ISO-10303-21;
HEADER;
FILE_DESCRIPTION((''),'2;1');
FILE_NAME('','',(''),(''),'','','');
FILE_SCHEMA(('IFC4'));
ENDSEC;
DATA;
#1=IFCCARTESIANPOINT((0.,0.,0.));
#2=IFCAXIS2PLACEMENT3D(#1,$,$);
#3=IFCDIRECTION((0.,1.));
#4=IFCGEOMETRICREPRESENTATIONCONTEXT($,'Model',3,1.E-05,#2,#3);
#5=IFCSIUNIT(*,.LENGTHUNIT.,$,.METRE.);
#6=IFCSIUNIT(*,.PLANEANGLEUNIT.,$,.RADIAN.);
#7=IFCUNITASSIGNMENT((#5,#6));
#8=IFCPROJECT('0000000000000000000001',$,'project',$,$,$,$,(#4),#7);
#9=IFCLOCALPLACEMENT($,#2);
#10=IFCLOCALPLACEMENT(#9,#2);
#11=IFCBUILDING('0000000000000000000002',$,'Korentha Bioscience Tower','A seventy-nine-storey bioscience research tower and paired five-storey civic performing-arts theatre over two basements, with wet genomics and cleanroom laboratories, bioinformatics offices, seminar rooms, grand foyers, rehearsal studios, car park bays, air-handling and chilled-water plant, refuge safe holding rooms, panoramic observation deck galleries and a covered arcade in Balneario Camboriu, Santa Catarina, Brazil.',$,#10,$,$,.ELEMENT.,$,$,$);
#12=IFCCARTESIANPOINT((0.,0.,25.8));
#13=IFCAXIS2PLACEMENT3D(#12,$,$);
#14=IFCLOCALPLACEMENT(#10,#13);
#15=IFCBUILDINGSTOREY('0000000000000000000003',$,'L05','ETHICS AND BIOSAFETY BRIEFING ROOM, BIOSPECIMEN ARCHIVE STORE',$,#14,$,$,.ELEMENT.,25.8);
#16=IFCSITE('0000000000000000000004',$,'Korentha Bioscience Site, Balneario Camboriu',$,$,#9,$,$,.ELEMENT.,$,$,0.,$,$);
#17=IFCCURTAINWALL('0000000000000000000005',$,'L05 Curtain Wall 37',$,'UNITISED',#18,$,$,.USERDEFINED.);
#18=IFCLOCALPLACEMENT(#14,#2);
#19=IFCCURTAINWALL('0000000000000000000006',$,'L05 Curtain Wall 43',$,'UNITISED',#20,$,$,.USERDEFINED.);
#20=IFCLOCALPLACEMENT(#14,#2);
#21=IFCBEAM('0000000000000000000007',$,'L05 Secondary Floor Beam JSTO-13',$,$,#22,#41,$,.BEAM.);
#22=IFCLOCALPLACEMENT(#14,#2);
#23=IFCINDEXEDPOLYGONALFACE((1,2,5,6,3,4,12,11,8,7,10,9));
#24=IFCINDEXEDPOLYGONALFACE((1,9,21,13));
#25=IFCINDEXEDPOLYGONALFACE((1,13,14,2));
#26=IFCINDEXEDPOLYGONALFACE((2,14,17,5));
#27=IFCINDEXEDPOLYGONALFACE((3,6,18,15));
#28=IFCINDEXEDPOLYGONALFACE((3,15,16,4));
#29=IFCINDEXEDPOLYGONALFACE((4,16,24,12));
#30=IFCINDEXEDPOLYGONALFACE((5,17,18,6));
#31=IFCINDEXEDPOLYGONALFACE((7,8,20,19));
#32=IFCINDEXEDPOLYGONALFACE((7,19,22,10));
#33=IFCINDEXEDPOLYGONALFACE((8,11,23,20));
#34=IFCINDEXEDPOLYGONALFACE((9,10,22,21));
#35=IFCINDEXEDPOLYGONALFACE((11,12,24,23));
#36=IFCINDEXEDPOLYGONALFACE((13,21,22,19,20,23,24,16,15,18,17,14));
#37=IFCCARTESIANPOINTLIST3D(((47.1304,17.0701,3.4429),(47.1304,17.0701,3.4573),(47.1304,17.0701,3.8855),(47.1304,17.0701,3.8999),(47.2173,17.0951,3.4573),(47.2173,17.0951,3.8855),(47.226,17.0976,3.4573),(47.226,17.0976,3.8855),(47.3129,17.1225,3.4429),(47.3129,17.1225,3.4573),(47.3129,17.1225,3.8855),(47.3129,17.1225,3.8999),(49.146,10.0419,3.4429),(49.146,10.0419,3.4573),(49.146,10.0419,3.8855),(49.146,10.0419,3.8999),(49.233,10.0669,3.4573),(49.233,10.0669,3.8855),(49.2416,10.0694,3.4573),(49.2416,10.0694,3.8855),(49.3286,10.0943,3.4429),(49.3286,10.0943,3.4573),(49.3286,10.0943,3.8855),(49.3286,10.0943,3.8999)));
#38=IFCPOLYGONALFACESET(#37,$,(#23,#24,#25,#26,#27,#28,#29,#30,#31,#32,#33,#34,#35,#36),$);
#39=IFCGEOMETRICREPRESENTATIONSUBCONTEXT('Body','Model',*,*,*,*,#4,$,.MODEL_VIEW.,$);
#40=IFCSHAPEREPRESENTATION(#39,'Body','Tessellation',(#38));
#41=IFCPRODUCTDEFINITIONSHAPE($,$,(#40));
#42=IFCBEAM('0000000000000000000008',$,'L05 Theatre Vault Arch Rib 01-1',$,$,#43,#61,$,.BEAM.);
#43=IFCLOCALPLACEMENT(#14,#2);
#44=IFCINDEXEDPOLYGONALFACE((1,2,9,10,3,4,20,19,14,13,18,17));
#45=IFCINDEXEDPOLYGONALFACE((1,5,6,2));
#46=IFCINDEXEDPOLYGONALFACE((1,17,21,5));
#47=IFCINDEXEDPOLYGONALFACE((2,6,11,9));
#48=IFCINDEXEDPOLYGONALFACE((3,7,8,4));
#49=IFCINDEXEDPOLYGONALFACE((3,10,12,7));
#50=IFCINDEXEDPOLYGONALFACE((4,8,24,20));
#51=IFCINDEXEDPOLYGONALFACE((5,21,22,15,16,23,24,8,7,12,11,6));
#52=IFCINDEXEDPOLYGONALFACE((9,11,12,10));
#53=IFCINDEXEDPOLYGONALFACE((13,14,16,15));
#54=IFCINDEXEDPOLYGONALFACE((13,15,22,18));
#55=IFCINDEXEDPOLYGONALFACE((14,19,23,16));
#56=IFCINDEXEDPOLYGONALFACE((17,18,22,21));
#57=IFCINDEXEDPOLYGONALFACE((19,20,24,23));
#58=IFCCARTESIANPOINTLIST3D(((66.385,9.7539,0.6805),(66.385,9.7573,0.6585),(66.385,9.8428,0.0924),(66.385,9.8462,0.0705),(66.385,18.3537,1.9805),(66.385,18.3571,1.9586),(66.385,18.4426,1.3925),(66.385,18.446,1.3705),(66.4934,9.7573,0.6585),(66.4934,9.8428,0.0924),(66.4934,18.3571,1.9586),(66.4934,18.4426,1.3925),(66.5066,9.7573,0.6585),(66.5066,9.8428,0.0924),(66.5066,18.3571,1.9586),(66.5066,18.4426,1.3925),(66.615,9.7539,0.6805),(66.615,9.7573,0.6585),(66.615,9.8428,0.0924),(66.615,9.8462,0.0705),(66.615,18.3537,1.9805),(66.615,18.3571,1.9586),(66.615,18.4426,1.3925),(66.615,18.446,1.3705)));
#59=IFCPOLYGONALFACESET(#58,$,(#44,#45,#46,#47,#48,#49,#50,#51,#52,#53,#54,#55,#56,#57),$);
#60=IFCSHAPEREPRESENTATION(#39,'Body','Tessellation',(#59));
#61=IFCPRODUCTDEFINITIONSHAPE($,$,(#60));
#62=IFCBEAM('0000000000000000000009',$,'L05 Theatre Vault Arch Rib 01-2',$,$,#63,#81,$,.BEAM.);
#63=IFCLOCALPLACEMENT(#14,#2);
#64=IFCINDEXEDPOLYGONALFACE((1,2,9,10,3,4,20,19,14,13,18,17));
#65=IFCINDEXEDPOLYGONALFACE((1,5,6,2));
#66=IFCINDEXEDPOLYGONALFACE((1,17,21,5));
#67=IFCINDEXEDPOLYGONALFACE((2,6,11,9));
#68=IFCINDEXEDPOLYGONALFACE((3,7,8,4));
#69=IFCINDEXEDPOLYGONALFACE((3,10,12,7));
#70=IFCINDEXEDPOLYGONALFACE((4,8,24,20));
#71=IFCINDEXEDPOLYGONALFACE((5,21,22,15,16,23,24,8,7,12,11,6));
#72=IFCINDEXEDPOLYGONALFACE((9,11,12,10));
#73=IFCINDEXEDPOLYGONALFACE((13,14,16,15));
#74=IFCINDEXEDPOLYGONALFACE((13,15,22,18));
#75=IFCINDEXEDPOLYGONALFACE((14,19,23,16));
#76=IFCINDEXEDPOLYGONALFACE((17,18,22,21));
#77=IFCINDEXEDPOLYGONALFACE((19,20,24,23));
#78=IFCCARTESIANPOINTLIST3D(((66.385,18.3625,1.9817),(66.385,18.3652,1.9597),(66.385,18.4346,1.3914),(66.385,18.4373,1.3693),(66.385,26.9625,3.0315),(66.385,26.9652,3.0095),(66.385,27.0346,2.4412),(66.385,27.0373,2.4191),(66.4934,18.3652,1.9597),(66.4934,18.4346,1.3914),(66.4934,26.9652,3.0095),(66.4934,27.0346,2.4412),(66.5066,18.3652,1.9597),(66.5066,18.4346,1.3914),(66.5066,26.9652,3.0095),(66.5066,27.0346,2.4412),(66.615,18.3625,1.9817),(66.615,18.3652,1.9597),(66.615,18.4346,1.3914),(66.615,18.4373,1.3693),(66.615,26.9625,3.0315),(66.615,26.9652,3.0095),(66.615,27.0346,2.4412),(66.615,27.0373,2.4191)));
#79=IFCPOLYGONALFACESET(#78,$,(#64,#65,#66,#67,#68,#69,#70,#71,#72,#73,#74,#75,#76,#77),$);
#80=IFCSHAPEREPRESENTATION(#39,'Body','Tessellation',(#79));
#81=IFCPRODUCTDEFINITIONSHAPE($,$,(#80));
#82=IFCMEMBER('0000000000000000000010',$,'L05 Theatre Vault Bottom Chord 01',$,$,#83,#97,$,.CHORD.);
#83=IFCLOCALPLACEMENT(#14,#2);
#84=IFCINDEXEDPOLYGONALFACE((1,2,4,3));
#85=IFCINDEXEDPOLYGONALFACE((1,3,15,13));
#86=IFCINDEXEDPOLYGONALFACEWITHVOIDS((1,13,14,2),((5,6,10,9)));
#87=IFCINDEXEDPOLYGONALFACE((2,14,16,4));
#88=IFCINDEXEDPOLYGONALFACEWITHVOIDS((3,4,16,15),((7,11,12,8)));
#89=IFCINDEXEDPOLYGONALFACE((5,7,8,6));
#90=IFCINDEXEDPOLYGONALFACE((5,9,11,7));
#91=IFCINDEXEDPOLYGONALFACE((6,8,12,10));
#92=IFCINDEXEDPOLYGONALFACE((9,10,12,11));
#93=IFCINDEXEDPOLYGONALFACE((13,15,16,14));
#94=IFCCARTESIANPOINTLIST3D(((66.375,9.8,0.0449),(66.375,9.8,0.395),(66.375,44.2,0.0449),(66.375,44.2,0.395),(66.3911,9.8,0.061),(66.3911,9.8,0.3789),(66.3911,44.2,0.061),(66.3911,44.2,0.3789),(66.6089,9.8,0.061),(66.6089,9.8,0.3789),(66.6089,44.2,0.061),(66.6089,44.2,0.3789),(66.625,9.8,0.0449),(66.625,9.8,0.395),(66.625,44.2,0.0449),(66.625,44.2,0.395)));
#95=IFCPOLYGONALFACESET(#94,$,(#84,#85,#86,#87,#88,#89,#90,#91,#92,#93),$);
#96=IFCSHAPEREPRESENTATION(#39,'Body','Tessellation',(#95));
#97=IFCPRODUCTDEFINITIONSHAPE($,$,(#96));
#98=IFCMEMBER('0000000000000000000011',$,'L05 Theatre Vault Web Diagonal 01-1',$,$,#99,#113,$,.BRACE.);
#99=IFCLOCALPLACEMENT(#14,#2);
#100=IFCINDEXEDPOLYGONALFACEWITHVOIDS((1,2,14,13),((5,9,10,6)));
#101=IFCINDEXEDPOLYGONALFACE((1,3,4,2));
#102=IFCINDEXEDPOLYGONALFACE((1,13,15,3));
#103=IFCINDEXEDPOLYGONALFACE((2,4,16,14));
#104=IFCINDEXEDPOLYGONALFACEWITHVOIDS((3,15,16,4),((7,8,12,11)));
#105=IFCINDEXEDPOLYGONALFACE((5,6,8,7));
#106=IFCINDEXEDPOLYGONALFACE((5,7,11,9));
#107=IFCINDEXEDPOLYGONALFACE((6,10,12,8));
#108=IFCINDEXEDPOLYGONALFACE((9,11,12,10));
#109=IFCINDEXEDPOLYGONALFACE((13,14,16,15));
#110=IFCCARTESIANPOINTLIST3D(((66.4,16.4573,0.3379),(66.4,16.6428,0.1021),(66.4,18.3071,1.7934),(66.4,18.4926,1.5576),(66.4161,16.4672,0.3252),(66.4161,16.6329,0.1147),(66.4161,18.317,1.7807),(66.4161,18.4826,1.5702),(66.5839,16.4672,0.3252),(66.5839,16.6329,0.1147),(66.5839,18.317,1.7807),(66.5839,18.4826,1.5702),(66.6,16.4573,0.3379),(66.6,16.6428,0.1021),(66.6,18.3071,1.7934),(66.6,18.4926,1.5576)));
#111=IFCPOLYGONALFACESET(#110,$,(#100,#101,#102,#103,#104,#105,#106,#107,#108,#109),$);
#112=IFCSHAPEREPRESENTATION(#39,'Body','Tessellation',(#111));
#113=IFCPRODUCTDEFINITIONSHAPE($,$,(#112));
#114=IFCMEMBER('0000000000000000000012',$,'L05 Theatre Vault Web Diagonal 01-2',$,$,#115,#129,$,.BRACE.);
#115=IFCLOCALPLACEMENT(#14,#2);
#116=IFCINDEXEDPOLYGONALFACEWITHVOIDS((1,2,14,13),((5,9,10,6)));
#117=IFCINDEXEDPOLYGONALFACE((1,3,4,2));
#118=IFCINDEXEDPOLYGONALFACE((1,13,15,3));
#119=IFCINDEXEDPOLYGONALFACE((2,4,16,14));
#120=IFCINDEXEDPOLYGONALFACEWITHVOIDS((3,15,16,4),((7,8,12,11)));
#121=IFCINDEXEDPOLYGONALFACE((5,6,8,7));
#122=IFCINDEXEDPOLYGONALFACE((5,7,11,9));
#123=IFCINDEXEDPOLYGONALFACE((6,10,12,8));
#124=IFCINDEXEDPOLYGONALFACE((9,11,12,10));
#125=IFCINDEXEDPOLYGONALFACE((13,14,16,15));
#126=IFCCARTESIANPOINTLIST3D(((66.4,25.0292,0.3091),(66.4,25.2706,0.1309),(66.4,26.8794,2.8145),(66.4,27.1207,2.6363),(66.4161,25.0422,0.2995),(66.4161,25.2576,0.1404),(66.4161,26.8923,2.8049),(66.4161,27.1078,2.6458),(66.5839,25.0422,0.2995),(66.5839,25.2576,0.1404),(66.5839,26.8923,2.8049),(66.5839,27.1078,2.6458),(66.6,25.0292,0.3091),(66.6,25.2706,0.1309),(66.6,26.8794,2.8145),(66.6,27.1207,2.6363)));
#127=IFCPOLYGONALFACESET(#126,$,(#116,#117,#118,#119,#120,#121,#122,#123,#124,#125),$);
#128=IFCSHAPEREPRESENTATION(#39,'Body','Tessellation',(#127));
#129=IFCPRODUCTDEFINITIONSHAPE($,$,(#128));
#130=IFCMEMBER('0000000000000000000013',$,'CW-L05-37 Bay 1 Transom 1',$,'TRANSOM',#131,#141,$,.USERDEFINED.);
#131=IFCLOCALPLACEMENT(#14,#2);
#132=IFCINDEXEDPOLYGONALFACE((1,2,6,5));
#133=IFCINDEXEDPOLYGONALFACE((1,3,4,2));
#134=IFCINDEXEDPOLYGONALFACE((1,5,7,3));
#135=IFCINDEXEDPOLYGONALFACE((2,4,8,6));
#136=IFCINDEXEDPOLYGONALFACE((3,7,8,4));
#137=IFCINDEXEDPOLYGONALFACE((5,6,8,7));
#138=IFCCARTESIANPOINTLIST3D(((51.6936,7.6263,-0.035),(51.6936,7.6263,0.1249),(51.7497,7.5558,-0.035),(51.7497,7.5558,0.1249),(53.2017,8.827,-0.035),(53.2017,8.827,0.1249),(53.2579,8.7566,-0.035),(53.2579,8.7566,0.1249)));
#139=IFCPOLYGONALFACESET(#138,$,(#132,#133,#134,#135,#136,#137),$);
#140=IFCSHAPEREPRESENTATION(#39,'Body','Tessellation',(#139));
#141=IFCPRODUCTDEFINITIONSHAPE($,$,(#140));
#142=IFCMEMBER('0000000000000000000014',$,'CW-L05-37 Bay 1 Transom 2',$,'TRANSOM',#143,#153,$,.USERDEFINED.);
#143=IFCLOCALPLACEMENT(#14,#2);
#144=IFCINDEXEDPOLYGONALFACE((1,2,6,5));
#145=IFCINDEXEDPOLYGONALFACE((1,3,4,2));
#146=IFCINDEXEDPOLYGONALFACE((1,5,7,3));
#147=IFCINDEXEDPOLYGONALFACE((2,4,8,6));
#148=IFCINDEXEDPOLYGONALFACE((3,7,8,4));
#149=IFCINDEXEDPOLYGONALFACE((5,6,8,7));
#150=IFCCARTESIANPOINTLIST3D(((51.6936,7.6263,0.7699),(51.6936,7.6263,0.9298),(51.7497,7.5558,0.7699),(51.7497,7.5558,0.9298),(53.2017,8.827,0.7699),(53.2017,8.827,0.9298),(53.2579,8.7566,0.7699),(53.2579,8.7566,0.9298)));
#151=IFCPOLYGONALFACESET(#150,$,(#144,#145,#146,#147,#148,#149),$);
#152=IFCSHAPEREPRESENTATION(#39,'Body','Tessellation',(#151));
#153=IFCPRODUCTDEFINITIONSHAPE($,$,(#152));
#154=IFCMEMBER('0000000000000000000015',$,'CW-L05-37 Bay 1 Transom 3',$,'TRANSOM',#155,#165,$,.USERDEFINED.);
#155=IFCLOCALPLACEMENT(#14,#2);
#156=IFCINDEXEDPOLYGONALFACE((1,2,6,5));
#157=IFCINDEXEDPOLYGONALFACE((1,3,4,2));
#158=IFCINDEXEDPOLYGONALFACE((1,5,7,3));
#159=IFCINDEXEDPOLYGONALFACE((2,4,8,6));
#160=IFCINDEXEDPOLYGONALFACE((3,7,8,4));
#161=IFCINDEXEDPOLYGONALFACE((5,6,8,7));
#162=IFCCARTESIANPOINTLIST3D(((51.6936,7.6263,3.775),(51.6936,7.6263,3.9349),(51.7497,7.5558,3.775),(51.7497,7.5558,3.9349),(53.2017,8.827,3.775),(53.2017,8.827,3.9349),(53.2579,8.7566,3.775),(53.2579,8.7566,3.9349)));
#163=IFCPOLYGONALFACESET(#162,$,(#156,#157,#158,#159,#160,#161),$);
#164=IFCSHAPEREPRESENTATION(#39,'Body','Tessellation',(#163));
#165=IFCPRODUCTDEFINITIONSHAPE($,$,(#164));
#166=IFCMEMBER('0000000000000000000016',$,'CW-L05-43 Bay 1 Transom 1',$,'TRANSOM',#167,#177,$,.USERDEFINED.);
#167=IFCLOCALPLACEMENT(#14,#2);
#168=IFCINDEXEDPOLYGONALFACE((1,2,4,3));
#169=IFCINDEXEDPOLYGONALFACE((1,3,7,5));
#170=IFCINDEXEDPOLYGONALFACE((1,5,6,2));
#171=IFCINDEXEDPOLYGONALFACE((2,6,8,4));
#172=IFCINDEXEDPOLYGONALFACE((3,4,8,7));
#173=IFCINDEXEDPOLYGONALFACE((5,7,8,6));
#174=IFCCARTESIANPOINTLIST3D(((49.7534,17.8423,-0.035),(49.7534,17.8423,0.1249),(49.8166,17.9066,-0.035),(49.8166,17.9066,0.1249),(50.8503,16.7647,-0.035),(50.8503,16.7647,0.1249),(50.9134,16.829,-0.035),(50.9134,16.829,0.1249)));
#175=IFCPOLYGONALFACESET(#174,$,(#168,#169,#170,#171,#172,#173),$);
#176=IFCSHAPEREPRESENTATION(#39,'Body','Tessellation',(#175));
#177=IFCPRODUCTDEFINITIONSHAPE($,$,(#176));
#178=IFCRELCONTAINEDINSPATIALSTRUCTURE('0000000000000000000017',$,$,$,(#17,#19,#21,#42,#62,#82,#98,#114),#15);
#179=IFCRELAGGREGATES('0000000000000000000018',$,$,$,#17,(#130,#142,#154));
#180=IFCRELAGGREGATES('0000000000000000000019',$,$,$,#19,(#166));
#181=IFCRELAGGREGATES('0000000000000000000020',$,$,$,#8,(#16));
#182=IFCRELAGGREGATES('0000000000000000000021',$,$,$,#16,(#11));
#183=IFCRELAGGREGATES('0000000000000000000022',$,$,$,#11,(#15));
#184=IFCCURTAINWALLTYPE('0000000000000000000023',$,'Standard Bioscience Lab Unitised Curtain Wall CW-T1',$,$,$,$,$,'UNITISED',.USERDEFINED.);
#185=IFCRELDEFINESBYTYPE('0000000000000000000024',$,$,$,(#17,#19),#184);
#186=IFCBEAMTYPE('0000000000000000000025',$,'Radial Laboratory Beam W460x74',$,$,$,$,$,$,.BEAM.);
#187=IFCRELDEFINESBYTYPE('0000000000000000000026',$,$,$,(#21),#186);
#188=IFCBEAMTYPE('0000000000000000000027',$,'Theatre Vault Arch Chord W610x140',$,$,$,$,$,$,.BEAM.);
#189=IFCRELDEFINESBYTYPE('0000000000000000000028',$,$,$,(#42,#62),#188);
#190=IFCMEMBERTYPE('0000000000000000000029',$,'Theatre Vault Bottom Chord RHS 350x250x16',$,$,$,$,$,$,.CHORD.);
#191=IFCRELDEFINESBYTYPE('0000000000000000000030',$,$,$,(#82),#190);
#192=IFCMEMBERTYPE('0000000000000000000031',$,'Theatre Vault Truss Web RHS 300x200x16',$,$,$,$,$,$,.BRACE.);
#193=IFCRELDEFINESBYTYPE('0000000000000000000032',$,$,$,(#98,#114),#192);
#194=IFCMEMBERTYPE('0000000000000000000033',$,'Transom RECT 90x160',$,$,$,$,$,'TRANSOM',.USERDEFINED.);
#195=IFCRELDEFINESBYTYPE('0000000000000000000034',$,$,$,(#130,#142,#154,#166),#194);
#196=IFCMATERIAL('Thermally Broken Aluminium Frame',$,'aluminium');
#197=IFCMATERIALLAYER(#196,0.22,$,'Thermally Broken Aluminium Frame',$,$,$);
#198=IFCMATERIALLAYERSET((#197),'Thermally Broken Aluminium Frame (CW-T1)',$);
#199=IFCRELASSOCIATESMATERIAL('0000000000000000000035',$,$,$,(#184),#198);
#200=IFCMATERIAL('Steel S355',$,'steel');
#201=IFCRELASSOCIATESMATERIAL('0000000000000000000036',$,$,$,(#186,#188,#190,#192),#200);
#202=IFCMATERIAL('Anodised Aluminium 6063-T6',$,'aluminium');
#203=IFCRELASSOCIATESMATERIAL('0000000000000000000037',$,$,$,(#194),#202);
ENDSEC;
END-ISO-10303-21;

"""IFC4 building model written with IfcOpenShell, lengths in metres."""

from ifc_helpers import new_model, si_unit, direction, frame, origin, origin_2d, place, context, subcontext, project, spatial, rectangle, hollow_rectangle, i_section, extrude, material, layer, layer_set, material_profile, profile_set, type_object, element, aggregate, save


model = new_model("IFC4")

# Units and contexts
model_context = context("Model", 3, precision=1e-05, world=origin(), true_north=direction((0.0, 1.0)))
body_context = subcontext(model_context, "Body", "Model", "MODEL_VIEW")
ifc_project = project(units=[si_unit("LENGTHUNIT", "METRE"), si_unit("PLANEANGLEUNIT", "RADIAN")], contexts=[model_context])

# Site, building, storey
site_placement = place(None, origin())
site = spatial("IfcSite", under=ifc_project, at=site_placement, Name="Korentha Bioscience Site, Balneario Camboriu", CompositionType="ELEMENT", RefElevation=0.0)
building_placement = place(site_placement, origin())
building = spatial("IfcBuilding", under=site, at=building_placement, Name="Korentha Bioscience Tower", Description="A seventy-nine-storey bioscience research tower and paired five-storey civic performing-arts theatre over two basements, with wet genomics and cleanroom laboratories, bioinformatics offices, seminar rooms, grand foyers, rehearsal studios, car park bays, air-handling and chilled-water plant, refuge safe holding rooms, panoramic observation deck galleries and a covered arcade in Balneario Camboriu, Santa Catarina, Brazil.", CompositionType="ELEMENT")
storey_placement = place(building_placement, frame((0.0, 0.0, 25.8)))
storey = spatial("IfcBuildingStorey", under=building, at=storey_placement, Name="L05", Description="ETHICS AND BIOSAFETY BRIEFING ROOM, BIOSPECIMEN ARCHIVE STORE", CompositionType="ELEMENT", Elevation=25.8)

# Shared definitions
ifc_material_1 = material(Name="Steel S355", Category="steel")

# Curtain walls
ifc_material_2 = material(Name="Thermally Broken Aluminium Frame", Category="aluminium")
ifc_layer_1 = layer(ifc_material_2, 0.22, Name="Thermally Broken Aluminium Frame")
ifc_layer_set_1 = layer_set([ifc_layer_1], Name="Thermally Broken Aluminium Frame (CW-T1)")
curtain_wall_type = type_object("IfcCurtainWallType", Name="Standard Bioscience Lab Unitised Curtain Wall CW-T1", ElementType="UNITISED", PredefinedType="USERDEFINED", material=ifc_layer_set_1)
curtain_wall_1_placement = place(storey_placement, origin())
curtain_wall_1 = element("IfcCurtainWall", 1, at=curtain_wall_1_placement, inside=storey, type_object=curtain_wall_type, Name="L05 Curtain Wall 37", ObjectType="UNITISED", PredefinedType="USERDEFINED")
ifc_material_3 = material(Name="Anodised Aluminium 6063-T6", Category="aluminium")
curtain_wall_2_placement = place(storey_placement, origin())
curtain_wall_2 = element("IfcCurtainWall", 2, at=curtain_wall_2_placement, inside=storey, type_object=curtain_wall_type, Name="L05 Curtain Wall 43", ObjectType="UNITISED", PredefinedType="USERDEFINED")

# Beams
ifc_material_profile_1 = material_profile(ifc_material_1, i_section(OverallWidth=0.1899, OverallDepth=0.457, WebThickness=0.009, FlangeThickness=0.0144, at=origin_2d()), Name="Steel S355")
ifc_profile_set_1 = profile_set([ifc_material_profile_1], Name="Steel S355 (RB-460)")
beam_type_1 = type_object("IfcBeamType", Name="Radial Laboratory Beam W460x74", PredefinedType="BEAM", material=ifc_profile_set_1)
beam_1_placement = place(storey_placement, frame((49.2373, 10.0681, 3.6714), z_axis=(-0.275682, 0.961249, 0.0), x_axis=(-0.961249, -0.275682, 0.0)))
element("IfcBeam", 3, at=beam_1_placement, inside=storey, type_object=beam_type_1, Name="L05 Secondary Floor Beam JSTO-13", PredefinedType="BEAM", context=body_context, shape_type="SweptSolid", body=[
    extrude(i_section(OverallWidth=0.1899, OverallDepth=0.457, WebThickness=0.009, FlangeThickness=0.0144, at=origin_2d()), origin(), (0.0, 0.0, 1.0), 7.3115),
])
ifc_material_profile_2 = material_profile(ifc_material_1, i_section(OverallWidth=0.23, OverallDepth=0.6169, WebThickness=0.0132, FlangeThickness=0.0222, at=origin_2d()), Name="Steel S355")
ifc_profile_set_2 = profile_set([ifc_material_profile_2], Name="Steel S355 (TV-610)")
beam_type_2 = type_object("IfcBeamType", Name="Theatre Vault Arch Chord W610x140", PredefinedType="BEAM", material=ifc_profile_set_2)
beam_2_placement = place(storey_placement, frame((66.5, 9.8, 0.3755), z_axis=(0.0, 0.988766, 0.149473), x_axis=(-1.0, 0.0, 0.0)))
element("IfcBeam", 4, at=beam_2_placement, inside=storey, type_object=beam_type_2, Name="L05 Theatre Vault Arch Rib 01-1", PredefinedType="BEAM", context=body_context, shape_type="SweptSolid", body=[
    extrude(i_section(OverallWidth=0.23, OverallDepth=0.6169, WebThickness=0.0132, FlangeThickness=0.0222, at=origin_2d()), origin(), (0.0, 0.0, 1.0), 8.6975),
])
beam_3_placement = place(storey_placement, frame((66.5, 18.3999, 1.6755), z_axis=(0.0, 0.992632, 0.12117), x_axis=(-1.0, 0.0, 0.0)))
element("IfcBeam", 5, at=beam_3_placement, inside=storey, type_object=beam_type_2, Name="L05 Theatre Vault Arch Rib 01-2", PredefinedType="BEAM", context=body_context, shape_type="SweptSolid", body=[
    extrude(i_section(OverallWidth=0.23, OverallDepth=0.6169, WebThickness=0.0132, FlangeThickness=0.0222, at=origin_2d()), origin(), (0.0, 0.0, 1.0), 8.6638),
])

# Members
ifc_material_profile_3 = material_profile(ifc_material_1, hollow_rectangle(XDim=0.25, YDim=0.3501, WallThickness=0.0161, at=origin_2d()), Name="Steel S355")
ifc_profile_set_3 = profile_set([ifc_material_profile_3], Name="Steel S355 (TV-C350)")
member_type_1 = type_object("IfcMemberType", Name="Theatre Vault Bottom Chord RHS 350x250x16", PredefinedType="CHORD", material=ifc_profile_set_3)
member_1_placement = place(storey_placement, frame((66.5, 9.8, 0.22), z_axis=(0.0, 1.0, 0.0), x_axis=(-1.0, 0.0, 0.0)))
element("IfcMember", 6, at=member_1_placement, inside=storey, type_object=member_type_1, Name="L05 Theatre Vault Bottom Chord 01", PredefinedType="CHORD", context=body_context, shape_type="SweptSolid", body=[
    extrude(hollow_rectangle(XDim=0.25, YDim=0.3501, WallThickness=0.0161, at=origin_2d()), origin(), (0.0, 0.0, 1.0), 34.3999),
])
ifc_material_profile_4 = material_profile(ifc_material_1, hollow_rectangle(XDim=0.2, YDim=0.3, WallThickness=0.0161, at=origin_2d()), Name="Steel S355")
ifc_profile_set_4 = profile_set([ifc_material_profile_4], Name="Steel S355 (TV-W300)")
member_type_2 = type_object("IfcMemberType", Name="Theatre Vault Truss Web RHS 300x200x16", PredefinedType="BRACE", material=ifc_profile_set_4)
member_2_placement = place(storey_placement, frame((66.5, 16.55, 0.22), z_axis=(0.0, 0.785883, 0.618376), x_axis=(-1.0, 0.0, 0.0)))
element("IfcMember", 7, at=member_2_placement, inside=storey, type_object=member_type_2, Name="L05 Theatre Vault Web Diagonal 01-1", PredefinedType="BRACE", context=body_context, shape_type="SweptSolid", body=[
    extrude(hollow_rectangle(XDim=0.2, YDim=0.3, WallThickness=0.0161, at=origin_2d()), origin(), (0.0, 0.0, 1.0), 2.3538),
])
member_3_placement = place(storey_placement, frame((66.5, 25.1499, 0.22), z_axis=(0.0, 0.594038, 0.804437), x_axis=(-1.0, 0.0, 0.0)))
element("IfcMember", 8, at=member_3_placement, inside=storey, type_object=member_type_2, Name="L05 Theatre Vault Web Diagonal 01-2", PredefinedType="BRACE", context=body_context, shape_type="SweptSolid", body=[
    extrude(hollow_rectangle(XDim=0.2, YDim=0.3, WallThickness=0.0161, at=origin_2d()), origin(), (0.0, 0.0, 1.0), 3.1145),
])

# Members
ifc_material_profile_5 = material_profile(ifc_material_3, rectangle(XDim=0.0901, YDim=0.1599, at=origin_2d()), Name="Anodised Aluminium 6063-T6")
ifc_profile_set_5 = profile_set([ifc_material_profile_5], Name="Anodised Aluminium 6063-T6 (CW-TRN)")
member_type_3 = type_object("IfcMemberType", Name="Transom RECT 90x160", ElementType="TRANSOM", PredefinedType="USERDEFINED", material=ifc_profile_set_5)
member_4_placement = place(storey_placement, frame((51.7217, 7.5911, 0.0449), z_axis=(0.782325, 0.622871, 0.0), x_axis=(-0.622871, 0.782325, 0.0)))
member_4 = element("IfcMember", 9, at=member_4_placement, type_object=member_type_3, Name="CW-L05-37 Bay 1 Transom 1", ObjectType="TRANSOM", PredefinedType="USERDEFINED", context=body_context, shape_type="SweptSolid", body=[
    extrude(rectangle(XDim=0.0901, YDim=0.1599, at=origin_2d()), origin(), (0.0, 0.0, 1.0), 1.9277),
])
member_5_placement = place(storey_placement, frame((51.7217, 7.5911, 0.8499), z_axis=(0.782325, 0.622871, 0.0), x_axis=(-0.622871, 0.782325, 0.0)))
member_5 = element("IfcMember", 10, at=member_5_placement, type_object=member_type_3, Name="CW-L05-37 Bay 1 Transom 2", ObjectType="TRANSOM", PredefinedType="USERDEFINED", context=body_context, shape_type="SweptSolid", body=[
    extrude(rectangle(XDim=0.0901, YDim=0.1599, at=origin_2d()), origin(), (0.0, 0.0, 1.0), 1.9277),
])
member_6_placement = place(storey_placement, frame((51.7217, 7.5911, 3.855), z_axis=(0.782325, 0.622871, 0.0), x_axis=(-0.622871, 0.782325, 0.0)))
member_6 = element("IfcMember", 11, at=member_6_placement, type_object=member_type_3, Name="CW-L05-37 Bay 1 Transom 3", ObjectType="TRANSOM", PredefinedType="USERDEFINED", context=body_context, shape_type="SweptSolid", body=[
    extrude(rectangle(XDim=0.0901, YDim=0.1599, at=origin_2d()), origin(), (0.0, 0.0, 1.0), 1.9277),
])
member_7_placement = place(storey_placement, frame((50.8818, 16.7969, 0.0449), z_axis=(-0.71335, 0.700808, 0.0), x_axis=(-0.700808, -0.71335, 0.0)))
member_7 = element("IfcMember", 12, at=member_7_placement, type_object=member_type_3, Name="CW-L05-43 Bay 1 Transom 1", ObjectType="TRANSOM", PredefinedType="USERDEFINED", context=body_context, shape_type="SweptSolid", body=[
    extrude(rectangle(XDim=0.0901, YDim=0.1599, at=origin_2d()), origin(), (0.0, 0.0, 1.0), 1.5376),
])

aggregate(curtain_wall_1, [member_4, member_5, member_6])
aggregate(curtain_wall_2, [member_7])

save(model, "model.ifc")
